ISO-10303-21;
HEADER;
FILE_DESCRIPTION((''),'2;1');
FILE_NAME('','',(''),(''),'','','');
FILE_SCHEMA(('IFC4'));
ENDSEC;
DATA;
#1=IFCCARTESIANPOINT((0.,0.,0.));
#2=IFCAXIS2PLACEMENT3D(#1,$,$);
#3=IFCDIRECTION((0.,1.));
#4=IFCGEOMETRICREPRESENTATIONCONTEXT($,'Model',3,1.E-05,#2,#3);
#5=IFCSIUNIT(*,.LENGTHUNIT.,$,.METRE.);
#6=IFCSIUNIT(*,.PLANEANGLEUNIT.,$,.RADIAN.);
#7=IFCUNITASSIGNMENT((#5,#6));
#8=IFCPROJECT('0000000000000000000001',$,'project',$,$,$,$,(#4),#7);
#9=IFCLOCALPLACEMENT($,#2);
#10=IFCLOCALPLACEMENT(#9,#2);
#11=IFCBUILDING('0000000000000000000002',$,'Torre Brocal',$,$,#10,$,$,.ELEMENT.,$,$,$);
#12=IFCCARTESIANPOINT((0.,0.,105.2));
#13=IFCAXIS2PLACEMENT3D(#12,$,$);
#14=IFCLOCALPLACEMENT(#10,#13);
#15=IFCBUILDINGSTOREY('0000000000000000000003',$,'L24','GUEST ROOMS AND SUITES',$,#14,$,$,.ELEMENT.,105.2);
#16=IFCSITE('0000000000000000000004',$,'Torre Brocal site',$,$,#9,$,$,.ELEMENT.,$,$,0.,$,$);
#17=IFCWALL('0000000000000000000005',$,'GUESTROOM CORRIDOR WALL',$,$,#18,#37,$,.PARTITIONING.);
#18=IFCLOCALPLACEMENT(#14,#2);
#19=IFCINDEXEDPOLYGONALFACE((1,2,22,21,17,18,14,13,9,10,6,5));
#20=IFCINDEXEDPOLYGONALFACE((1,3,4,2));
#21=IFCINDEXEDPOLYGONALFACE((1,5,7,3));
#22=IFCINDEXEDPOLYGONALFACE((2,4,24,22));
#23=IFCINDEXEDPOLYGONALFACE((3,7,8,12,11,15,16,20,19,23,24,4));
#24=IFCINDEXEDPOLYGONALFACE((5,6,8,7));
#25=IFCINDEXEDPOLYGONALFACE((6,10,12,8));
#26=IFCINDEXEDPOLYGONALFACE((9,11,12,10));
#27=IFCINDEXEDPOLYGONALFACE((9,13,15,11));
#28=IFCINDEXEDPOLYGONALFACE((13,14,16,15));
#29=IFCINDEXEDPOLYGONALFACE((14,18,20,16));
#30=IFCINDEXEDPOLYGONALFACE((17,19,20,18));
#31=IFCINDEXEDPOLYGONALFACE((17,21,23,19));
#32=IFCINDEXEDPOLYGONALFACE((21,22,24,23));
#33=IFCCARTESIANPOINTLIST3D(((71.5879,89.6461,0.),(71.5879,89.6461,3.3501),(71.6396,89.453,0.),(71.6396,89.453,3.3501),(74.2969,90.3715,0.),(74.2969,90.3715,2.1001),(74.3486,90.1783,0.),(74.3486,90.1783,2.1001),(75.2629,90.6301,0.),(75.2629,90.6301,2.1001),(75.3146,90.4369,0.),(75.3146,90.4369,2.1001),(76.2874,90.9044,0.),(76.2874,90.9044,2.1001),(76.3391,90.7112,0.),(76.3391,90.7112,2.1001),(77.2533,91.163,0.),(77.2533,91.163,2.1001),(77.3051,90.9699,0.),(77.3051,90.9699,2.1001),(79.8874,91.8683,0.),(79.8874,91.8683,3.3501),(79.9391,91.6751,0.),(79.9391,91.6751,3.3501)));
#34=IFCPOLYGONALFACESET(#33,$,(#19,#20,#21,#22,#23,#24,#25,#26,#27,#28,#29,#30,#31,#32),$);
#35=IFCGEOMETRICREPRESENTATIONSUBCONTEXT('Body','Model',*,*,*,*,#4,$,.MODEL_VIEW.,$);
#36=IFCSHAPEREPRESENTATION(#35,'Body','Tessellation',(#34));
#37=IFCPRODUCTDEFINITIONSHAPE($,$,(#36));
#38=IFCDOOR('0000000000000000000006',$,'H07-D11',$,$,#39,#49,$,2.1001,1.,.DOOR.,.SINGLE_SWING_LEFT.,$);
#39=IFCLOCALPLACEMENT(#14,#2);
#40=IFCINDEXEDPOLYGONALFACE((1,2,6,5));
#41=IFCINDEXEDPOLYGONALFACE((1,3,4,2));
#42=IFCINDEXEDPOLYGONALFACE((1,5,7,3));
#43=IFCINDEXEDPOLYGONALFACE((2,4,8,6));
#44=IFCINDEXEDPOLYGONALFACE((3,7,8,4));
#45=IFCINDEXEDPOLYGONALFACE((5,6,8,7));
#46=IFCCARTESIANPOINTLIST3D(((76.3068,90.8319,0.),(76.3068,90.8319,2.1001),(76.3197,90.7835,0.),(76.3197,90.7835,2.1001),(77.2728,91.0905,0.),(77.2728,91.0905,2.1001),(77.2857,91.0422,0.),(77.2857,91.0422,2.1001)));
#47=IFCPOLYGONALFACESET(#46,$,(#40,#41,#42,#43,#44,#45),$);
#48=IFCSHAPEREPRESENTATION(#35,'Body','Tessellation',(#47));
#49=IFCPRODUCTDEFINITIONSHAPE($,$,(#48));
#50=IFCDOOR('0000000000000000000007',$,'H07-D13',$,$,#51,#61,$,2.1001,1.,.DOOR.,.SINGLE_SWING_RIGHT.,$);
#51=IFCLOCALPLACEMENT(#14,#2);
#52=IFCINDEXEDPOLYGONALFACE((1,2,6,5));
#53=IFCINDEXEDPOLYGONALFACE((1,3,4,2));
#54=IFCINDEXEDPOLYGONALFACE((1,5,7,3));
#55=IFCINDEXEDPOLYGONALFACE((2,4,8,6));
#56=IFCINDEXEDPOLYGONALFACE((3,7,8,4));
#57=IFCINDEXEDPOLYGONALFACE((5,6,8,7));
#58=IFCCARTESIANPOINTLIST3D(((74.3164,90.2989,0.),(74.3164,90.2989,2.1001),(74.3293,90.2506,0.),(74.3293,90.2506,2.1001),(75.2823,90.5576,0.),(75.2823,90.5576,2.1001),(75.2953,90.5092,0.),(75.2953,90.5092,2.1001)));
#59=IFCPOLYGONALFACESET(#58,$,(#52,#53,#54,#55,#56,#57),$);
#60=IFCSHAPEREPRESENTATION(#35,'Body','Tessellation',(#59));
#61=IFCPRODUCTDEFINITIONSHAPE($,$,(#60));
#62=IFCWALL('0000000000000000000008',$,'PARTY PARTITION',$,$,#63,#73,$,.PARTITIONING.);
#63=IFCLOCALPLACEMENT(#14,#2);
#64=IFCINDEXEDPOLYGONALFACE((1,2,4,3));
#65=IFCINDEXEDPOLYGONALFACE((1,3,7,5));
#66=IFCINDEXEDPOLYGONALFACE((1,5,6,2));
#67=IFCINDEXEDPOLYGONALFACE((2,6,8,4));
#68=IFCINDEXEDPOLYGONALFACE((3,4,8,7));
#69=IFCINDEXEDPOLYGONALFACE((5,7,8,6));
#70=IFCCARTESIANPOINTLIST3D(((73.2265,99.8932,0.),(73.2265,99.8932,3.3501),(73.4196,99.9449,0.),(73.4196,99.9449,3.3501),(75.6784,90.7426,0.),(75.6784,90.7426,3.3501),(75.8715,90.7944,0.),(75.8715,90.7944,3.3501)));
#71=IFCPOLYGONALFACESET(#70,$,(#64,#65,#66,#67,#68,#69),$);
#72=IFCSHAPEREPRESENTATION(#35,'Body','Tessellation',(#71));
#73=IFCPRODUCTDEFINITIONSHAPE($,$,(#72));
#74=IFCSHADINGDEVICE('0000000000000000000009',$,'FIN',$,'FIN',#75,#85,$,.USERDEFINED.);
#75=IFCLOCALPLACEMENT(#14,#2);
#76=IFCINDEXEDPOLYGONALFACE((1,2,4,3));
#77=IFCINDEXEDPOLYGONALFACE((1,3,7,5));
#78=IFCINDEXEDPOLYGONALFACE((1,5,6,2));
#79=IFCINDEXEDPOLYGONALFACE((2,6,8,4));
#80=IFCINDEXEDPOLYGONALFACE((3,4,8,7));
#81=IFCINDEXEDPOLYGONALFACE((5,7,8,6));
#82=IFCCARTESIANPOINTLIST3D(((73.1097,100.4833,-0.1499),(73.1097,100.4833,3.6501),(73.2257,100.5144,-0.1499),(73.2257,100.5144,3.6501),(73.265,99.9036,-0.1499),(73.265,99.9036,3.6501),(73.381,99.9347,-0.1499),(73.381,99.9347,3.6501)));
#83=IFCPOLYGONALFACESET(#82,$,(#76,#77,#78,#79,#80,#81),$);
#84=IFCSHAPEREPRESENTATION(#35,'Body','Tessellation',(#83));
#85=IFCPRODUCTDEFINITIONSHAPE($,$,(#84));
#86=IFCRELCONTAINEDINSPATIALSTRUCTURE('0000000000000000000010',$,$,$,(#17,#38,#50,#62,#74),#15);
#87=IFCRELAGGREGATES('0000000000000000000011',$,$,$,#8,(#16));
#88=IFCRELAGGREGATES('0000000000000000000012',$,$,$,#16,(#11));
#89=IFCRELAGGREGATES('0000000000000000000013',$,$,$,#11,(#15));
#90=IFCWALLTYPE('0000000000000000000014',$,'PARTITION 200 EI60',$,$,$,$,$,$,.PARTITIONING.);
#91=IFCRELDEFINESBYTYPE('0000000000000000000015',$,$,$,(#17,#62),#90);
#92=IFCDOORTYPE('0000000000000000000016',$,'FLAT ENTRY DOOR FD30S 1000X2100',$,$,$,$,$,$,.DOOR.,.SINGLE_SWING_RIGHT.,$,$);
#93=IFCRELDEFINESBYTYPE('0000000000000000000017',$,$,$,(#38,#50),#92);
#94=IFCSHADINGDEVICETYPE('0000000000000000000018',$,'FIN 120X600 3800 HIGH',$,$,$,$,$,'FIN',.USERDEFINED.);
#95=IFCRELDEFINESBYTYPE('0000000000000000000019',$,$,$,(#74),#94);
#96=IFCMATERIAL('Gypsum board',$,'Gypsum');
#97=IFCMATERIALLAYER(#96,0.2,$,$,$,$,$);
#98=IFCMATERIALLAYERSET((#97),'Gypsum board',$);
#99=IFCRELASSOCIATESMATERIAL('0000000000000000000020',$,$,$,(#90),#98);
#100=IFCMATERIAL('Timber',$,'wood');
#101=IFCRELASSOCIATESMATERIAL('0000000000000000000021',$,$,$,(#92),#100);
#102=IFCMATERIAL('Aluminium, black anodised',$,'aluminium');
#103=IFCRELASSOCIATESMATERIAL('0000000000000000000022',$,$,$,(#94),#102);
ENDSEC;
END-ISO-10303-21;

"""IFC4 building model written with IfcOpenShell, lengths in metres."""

from ifc_helpers import new_model, si_unit, direction, frame, frame_2d, origin, origin_2d, place, context, subcontext, project, spatial, rectangle, extrude, material, layer, layer_set, material_profile, profile_set, type_object, element, fill, save


model = new_model("IFC4")

# Units and contexts
model_context = context("Model", 3, precision=1e-05, world=origin(), true_north=direction((0.0, 1.0)))
body_context = subcontext(model_context, "Body", "Model", "MODEL_VIEW")
ifc_project = project(units=[si_unit("LENGTHUNIT", "METRE"), si_unit("PLANEANGLEUNIT", "RADIAN")], contexts=[model_context])

# Site, building, storey
site_placement = place(None, origin())
site = spatial("IfcSite", under=ifc_project, at=site_placement, Name="Torre Brocal site", CompositionType="ELEMENT", RefElevation=0.0)
building_placement = place(site_placement, origin())
building = spatial("IfcBuilding", under=site, at=building_placement, Name="Torre Brocal", CompositionType="ELEMENT")
storey_placement = place(building_placement, frame((0.0, 0.0, 105.2)))
storey = spatial("IfcBuildingStorey", under=building, at=storey_placement, Name="L24", Description="GUEST ROOMS AND SUITES", CompositionType="ELEMENT", Elevation=105.2)

# Wall, openings, doors
ifc_material_1 = material(Name="Gypsum board", Category="Gypsum")
ifc_layer_1 = layer(ifc_material_1, 0.2)
ifc_layer_set_1 = layer_set([ifc_layer_1], Name="Gypsum board")
wall_type_1 = type_object("IfcWallType", Name="PARTITION 200 EI60", PredefinedType="PARTITIONING", material=ifc_layer_set_1)
wall_1_placement = place(storey_placement, frame((71.6138, 89.5496, 0.0), z_axis=(0.0, 0.0, 1.0), x_axis=(0.965975, 0.258635, 0.0)))
wall_1 = element("IfcWall", 1, at=wall_1_placement, inside=storey, type_object=wall_type_1, Name="GUESTROOM CORRIDOR WALL", PredefinedType="PARTITIONING", context=body_context, shape_type="SweptSolid", body=[
    extrude(rectangle(XDim=8.5918, YDim=0.2, at=frame_2d((4.2959, 0.0))), origin(), (0.0, 0.0, 1.0), 3.3501),
])
opening_1_placement = place(wall_1_placement, frame((4.865, 0.0, 0.0)))
opening_1 = element("IfcOpeningElement", 2, at=opening_1_placement, cuts=wall_1, PredefinedType="OPENING", context=body_context, shape_type="SweptSolid", body=[
    extrude(rectangle(XDim=1.0, YDim=2.1001, at=frame_2d((0.5, 1.05))), frame((0.0, 0.1099, 0.0), z_axis=(0.0, -1.0, 0.0), x_axis=(1.0, 0.0, 0.0)), (0.0, 0.0, 1.0), 0.22),
])
opening_2_placement = place(wall_1_placement, frame((2.8044, 0.0, 0.0)))
opening_2 = element("IfcOpeningElement", 3, at=opening_2_placement, cuts=wall_1, PredefinedType="OPENING", context=body_context, shape_type="SweptSolid", body=[
    extrude(rectangle(XDim=1.0, YDim=2.1001, at=frame_2d((0.5, 1.05))), frame((0.0, 0.1099, 0.0), z_axis=(0.0, -1.0, 0.0), x_axis=(1.0, 0.0, 0.0)), (0.0, 0.0, 1.0), 0.22),
])
ifc_material_2 = material(Name="Timber", Category="wood")
door_type_1 = type_object("IfcDoorType", Name="FLAT ENTRY DOOR FD30S 1000X2100", OperationType="SINGLE_SWING_RIGHT", PredefinedType="DOOR", material=ifc_material_2)
door_1_placement = place(opening_1_placement, origin())
door_1 = element("IfcDoor", 4, at=door_1_placement, inside=storey, type_object=door_type_1, Name="H07-D11", OperationType="SINGLE_SWING_LEFT", OverallHeight=2.1001, OverallWidth=1.0, PredefinedType="DOOR", context=body_context, shape_type="SweptSolid", body=[
    extrude(rectangle(XDim=1.0, YDim=2.1001, at=frame_2d((0.5, 1.05))), frame((0.0, 0.0249, 0.0), z_axis=(0.0, -1.0, 0.0), x_axis=(1.0, 0.0, 0.0)), (0.0, 0.0, 1.0), 0.05),
])
fill(opening_1, door_1)
door_2_placement = place(opening_2_placement, origin())
door_2 = element("IfcDoor", 5, at=door_2_placement, inside=storey, type_object=door_type_1, Name="H07-D13", OperationType="SINGLE_SWING_RIGHT", OverallHeight=2.1001, OverallWidth=1.0, PredefinedType="DOOR", context=body_context, shape_type="SweptSolid", body=[
    extrude(rectangle(XDim=1.0, YDim=2.1001, at=frame_2d((0.5, 1.05))), frame((0.0, 0.0249, 0.0), z_axis=(0.0, -1.0, 0.0), x_axis=(1.0, 0.0, 0.0)), (0.0, 0.0, 1.0), 0.05),
])
fill(opening_2, door_2)

# Wall
wall_2_placement = place(storey_placement, frame((73.323, 99.9192, 0.0), z_axis=(0.0, 0.0, 1.0), x_axis=(0.258819, -0.965926, 0.0)))
element("IfcWall", 6, at=wall_2_placement, inside=storey, type_object=wall_type_1, Name="PARTY PARTITION", PredefinedType="PARTITIONING", context=body_context, shape_type="SweptSolid", body=[
    extrude(rectangle(XDim=9.4734, YDim=0.2, at=frame_2d((4.7368, 0.0))), origin(), (0.0, 0.0, 1.0), 3.3501),
])

# Shading device
ifc_material_3 = material(Name="Aluminium, black anodised", Category="aluminium")
ifc_material_profile_1 = material_profile(ifc_material_3, rectangle(XDim=0.1201, YDim=0.6001, at=origin_2d()), Name="FIN 120X600 3800 HIGH")
ifc_profile_set_1 = profile_set([ifc_material_profile_1], Name="Aluminium, black anodised")
shading_device_type = type_object("IfcShadingDeviceType", Name="FIN 120X600 3800 HIGH", ElementType="FIN", PredefinedType="USERDEFINED", material=ifc_profile_set_1)
shading_device_placement = place(storey_placement, frame((73.2454, 100.209, -0.1499), z_axis=(0.0, 0.0, 1.0), x_axis=(-0.965926, -0.258819, 0.0)))
element("IfcShadingDevice", 7, at=shading_device_placement, inside=storey, type_object=shading_device_type, Name="FIN", ObjectType="FIN", PredefinedType="USERDEFINED", context=body_context, shape_type="SweptSolid", body=[
    extrude(rectangle(XDim=0.1201, YDim=0.6001, at=origin_2d()), origin(), (0.0, 0.0, 1.0), 3.8),
])

save(model, "model.ifc")
